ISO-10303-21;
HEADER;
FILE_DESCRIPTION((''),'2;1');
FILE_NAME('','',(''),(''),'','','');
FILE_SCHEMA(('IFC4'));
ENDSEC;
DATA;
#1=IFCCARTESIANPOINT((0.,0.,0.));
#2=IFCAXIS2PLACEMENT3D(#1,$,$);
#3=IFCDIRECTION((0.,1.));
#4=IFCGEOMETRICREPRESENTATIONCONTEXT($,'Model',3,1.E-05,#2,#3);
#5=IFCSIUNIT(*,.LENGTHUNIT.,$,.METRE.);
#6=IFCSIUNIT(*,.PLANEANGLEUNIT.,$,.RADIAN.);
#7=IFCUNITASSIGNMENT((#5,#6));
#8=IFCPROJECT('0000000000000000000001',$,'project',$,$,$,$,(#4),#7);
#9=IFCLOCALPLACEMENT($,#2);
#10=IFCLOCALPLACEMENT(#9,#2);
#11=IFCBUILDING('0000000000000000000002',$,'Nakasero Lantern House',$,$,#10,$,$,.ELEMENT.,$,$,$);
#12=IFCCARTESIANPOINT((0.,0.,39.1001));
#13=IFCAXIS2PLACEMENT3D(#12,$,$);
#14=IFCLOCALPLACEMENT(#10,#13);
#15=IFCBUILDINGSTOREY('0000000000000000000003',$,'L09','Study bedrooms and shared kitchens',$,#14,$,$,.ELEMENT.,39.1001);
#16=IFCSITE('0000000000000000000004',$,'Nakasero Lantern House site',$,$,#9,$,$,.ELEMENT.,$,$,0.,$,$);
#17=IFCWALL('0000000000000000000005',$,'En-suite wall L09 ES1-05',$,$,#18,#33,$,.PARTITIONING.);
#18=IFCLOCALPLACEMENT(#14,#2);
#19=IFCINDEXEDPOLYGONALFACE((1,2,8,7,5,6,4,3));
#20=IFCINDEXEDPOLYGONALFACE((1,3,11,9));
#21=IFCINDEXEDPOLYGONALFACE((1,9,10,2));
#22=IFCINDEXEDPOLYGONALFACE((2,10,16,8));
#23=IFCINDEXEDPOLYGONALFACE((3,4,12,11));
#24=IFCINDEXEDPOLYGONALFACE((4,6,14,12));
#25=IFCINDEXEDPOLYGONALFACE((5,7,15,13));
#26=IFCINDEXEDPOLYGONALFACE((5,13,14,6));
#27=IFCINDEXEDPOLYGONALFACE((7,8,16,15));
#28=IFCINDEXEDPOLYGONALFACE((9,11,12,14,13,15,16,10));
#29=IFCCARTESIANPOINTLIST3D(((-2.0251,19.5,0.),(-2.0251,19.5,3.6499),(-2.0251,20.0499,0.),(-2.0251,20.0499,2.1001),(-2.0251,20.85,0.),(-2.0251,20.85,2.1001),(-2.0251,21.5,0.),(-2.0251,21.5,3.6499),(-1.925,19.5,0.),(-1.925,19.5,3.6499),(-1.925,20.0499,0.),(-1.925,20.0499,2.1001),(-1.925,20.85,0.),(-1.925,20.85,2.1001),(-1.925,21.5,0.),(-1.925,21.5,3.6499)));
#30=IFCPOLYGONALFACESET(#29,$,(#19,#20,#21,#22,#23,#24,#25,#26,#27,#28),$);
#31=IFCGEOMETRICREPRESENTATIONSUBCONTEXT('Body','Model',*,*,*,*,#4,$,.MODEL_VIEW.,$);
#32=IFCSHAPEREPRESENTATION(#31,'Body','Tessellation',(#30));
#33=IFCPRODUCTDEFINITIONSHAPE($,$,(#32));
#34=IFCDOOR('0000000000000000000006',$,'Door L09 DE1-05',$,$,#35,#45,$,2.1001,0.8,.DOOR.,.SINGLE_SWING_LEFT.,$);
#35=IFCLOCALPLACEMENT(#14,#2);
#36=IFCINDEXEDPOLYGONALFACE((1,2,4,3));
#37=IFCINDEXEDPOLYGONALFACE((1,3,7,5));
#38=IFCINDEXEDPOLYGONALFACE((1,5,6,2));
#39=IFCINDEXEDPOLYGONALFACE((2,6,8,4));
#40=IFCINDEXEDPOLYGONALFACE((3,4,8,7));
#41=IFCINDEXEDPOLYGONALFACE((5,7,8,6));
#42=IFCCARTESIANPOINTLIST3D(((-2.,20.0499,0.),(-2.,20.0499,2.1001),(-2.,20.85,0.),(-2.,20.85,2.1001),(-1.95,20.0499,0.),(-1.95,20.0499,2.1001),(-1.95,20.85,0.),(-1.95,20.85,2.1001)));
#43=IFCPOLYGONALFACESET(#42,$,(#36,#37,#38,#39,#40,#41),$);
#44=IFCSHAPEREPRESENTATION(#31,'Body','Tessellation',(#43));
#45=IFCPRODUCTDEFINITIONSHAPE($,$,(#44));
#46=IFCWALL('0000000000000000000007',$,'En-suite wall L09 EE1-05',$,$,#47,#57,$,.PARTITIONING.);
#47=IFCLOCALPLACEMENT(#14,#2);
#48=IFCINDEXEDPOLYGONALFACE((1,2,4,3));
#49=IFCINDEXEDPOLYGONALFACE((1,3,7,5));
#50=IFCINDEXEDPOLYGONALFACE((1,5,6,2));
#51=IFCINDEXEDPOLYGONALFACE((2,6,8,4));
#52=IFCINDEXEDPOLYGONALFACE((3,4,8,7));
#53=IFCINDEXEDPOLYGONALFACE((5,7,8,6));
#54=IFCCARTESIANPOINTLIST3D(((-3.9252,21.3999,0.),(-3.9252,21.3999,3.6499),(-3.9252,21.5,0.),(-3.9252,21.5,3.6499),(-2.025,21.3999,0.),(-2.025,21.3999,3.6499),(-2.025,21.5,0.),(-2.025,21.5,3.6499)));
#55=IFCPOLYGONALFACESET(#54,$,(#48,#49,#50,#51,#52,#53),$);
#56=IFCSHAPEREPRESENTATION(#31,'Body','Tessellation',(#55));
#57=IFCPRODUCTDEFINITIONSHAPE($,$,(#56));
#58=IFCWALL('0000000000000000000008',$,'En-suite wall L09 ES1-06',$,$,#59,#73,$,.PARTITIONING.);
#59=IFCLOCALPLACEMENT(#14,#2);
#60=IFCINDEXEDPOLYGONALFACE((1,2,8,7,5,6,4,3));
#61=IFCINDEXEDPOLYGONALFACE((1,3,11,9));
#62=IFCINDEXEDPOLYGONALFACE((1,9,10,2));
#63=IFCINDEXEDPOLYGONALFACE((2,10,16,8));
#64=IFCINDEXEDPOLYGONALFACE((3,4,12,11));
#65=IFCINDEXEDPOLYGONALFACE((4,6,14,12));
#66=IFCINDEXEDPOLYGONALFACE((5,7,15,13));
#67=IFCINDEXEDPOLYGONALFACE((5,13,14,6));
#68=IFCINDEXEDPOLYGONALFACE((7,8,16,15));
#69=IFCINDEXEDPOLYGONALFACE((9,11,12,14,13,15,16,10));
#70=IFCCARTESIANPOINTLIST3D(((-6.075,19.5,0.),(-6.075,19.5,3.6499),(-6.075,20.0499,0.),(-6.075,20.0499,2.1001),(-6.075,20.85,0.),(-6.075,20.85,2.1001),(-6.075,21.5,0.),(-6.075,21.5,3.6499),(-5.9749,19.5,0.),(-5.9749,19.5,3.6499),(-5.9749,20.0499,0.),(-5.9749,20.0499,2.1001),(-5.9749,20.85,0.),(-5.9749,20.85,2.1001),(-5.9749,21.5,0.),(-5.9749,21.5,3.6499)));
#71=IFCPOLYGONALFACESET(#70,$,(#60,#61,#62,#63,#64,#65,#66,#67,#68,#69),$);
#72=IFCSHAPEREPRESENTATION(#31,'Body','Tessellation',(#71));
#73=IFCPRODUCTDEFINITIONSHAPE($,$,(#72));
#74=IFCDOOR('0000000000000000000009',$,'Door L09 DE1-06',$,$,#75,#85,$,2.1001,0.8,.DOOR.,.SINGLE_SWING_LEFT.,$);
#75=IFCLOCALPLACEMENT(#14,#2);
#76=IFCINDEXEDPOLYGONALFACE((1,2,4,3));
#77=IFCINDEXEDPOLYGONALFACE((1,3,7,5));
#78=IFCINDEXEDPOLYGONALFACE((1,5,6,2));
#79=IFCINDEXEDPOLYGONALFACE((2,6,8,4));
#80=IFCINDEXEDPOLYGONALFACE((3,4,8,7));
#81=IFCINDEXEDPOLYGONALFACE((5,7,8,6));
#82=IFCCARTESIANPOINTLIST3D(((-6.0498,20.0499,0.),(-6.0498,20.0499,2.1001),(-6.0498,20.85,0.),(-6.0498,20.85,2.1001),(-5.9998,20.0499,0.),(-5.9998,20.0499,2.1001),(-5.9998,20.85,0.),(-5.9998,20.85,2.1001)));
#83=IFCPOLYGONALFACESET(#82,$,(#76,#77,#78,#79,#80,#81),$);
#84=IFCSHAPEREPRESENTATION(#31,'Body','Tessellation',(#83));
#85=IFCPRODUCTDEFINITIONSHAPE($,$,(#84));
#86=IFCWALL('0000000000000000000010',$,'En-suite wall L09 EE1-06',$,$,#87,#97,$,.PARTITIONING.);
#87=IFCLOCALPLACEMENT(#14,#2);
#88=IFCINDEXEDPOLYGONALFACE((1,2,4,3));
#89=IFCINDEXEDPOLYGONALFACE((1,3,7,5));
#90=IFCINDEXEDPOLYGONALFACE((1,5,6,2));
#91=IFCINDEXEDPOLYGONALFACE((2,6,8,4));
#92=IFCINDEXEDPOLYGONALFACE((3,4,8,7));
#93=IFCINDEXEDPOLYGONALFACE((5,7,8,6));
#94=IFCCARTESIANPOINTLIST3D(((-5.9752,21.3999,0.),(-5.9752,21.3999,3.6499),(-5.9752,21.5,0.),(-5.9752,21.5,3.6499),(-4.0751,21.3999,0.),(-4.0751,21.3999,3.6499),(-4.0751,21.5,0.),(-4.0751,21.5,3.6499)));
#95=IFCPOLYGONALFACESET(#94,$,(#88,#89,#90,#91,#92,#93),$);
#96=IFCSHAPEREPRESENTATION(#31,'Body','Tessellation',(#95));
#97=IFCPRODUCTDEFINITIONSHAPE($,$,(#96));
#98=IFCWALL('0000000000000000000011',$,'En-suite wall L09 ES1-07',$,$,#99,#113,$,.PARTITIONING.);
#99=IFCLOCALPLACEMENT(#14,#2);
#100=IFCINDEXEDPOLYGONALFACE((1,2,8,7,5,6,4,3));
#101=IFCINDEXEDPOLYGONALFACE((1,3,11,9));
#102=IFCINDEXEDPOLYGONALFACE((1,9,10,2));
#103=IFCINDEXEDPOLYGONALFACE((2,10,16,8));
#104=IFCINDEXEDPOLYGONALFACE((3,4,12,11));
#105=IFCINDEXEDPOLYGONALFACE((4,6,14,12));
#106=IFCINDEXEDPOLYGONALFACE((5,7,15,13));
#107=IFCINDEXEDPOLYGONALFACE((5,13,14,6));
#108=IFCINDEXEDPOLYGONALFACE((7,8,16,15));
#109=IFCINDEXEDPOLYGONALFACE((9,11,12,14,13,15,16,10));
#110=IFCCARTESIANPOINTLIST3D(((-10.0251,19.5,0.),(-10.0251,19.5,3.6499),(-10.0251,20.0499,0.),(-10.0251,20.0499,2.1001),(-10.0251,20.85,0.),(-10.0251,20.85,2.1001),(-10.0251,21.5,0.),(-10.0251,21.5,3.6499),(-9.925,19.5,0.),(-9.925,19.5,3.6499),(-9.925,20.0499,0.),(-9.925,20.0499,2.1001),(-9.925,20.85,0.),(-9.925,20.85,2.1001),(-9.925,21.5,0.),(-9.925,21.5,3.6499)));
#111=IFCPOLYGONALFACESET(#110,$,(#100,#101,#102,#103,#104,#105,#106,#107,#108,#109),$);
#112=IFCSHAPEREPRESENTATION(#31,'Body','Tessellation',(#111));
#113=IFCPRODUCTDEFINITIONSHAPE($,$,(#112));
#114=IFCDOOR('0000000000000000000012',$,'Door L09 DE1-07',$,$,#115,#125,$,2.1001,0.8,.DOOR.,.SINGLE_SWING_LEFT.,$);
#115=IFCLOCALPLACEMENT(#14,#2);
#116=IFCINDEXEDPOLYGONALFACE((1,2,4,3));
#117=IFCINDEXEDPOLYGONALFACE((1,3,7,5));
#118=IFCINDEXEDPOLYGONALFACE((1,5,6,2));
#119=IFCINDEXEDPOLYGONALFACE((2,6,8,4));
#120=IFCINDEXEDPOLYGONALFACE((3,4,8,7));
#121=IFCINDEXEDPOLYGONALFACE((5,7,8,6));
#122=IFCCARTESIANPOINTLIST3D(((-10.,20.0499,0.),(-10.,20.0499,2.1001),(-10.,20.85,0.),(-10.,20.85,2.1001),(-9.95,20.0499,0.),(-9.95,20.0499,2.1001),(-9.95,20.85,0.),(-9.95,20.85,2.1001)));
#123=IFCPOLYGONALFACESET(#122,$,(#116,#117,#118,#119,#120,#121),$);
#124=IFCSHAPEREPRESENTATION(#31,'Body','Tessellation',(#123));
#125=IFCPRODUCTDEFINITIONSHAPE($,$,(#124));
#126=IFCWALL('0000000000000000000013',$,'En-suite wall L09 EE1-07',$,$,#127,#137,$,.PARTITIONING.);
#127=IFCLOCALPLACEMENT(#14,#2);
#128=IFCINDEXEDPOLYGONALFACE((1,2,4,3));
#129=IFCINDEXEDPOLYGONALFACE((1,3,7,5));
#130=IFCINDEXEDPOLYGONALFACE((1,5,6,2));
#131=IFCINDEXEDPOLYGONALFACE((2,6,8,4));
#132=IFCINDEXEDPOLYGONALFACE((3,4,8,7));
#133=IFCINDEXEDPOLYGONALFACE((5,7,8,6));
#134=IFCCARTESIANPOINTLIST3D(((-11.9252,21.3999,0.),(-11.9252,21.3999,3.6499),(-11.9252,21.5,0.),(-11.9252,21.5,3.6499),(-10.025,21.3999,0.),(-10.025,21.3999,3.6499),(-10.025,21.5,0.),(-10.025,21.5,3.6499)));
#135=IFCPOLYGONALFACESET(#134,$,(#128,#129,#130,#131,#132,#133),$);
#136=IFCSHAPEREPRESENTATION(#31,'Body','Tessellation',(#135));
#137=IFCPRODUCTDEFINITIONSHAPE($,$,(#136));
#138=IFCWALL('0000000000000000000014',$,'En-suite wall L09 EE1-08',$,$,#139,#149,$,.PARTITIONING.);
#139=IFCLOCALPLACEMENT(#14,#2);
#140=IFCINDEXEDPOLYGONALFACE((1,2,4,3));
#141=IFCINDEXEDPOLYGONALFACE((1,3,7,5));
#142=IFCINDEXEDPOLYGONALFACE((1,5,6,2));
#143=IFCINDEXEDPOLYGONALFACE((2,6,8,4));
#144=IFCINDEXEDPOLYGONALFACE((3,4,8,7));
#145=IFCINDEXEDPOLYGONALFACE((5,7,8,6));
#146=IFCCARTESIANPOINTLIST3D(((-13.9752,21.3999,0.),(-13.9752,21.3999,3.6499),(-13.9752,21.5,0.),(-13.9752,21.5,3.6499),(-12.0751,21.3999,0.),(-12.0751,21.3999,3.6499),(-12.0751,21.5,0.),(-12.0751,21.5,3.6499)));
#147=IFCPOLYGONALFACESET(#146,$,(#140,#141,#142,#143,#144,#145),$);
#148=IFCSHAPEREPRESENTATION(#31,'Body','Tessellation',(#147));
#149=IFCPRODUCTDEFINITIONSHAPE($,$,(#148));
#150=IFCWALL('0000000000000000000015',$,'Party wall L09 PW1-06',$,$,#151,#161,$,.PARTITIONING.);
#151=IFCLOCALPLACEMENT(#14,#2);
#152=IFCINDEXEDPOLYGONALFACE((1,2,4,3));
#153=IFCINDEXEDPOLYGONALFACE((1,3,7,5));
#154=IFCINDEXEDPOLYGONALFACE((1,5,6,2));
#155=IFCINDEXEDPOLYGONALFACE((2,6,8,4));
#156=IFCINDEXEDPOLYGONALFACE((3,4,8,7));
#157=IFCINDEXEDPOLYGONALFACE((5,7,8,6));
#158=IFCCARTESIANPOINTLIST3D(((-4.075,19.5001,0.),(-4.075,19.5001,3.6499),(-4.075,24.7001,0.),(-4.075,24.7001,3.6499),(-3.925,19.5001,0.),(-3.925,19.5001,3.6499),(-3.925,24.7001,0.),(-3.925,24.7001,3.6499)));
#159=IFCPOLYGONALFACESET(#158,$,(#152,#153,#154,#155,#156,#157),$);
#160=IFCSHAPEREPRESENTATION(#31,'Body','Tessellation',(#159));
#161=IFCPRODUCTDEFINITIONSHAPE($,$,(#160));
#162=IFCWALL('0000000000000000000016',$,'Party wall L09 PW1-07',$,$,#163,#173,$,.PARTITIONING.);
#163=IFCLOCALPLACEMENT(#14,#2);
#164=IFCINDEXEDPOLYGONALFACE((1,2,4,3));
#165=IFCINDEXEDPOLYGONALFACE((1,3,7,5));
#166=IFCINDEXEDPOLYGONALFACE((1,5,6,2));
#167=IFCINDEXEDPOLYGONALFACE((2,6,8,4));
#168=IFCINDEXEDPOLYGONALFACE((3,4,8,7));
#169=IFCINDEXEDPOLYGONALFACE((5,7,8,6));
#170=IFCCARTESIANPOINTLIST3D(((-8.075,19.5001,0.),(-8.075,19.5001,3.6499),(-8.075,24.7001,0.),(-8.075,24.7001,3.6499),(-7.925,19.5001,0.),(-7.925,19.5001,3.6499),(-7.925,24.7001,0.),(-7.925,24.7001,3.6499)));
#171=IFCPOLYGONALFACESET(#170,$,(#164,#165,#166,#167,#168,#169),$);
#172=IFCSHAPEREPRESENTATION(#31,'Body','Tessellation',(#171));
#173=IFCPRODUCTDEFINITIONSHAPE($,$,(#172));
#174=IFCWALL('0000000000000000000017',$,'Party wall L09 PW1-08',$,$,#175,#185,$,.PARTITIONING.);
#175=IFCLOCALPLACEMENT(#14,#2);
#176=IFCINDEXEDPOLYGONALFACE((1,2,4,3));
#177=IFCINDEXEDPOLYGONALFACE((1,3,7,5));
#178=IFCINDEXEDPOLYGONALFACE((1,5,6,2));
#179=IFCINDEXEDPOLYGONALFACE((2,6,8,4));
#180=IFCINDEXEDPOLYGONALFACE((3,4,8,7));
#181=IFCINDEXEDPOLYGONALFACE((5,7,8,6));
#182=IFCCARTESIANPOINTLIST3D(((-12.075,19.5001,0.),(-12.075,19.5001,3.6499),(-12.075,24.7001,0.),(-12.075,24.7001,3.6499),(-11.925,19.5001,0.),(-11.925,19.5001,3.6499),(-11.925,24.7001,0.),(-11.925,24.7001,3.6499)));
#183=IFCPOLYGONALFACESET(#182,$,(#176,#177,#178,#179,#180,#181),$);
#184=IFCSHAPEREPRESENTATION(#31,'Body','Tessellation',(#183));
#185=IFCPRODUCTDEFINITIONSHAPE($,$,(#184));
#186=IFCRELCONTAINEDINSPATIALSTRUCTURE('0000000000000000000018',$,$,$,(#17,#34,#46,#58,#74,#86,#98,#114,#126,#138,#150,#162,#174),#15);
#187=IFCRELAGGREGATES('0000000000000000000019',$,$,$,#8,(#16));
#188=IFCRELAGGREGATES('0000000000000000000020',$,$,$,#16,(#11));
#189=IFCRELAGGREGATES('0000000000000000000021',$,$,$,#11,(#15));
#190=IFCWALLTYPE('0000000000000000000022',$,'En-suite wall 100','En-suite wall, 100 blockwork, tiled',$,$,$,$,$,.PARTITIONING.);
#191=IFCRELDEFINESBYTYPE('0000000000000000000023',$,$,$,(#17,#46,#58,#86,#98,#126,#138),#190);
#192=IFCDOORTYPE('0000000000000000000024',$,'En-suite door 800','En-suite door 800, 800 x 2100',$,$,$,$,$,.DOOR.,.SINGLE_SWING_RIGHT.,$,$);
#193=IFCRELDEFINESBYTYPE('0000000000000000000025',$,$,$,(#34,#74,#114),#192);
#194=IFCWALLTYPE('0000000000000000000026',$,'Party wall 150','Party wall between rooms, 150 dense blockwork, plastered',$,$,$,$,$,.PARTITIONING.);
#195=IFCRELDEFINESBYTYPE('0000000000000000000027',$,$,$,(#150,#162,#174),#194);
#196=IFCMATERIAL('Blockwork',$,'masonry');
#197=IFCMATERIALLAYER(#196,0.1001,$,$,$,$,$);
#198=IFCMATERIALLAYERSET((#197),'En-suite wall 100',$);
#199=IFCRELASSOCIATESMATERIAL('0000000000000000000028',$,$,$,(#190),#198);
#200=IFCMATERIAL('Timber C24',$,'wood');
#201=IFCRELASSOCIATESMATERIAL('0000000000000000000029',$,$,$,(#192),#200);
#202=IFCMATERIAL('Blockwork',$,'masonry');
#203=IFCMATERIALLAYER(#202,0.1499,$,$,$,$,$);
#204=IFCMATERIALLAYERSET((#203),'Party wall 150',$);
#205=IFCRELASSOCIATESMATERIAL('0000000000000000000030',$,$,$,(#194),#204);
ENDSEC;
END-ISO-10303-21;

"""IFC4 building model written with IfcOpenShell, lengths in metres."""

from ifc_helpers import new_model, si_unit, direction, frame, frame_2d, origin, place, context, subcontext, project, spatial, rectangle, extrude, material, layer, layer_set, type_object, element, fill, save


model = new_model("IFC4")

# Units and contexts
model_context = context("Model", 3, precision=1e-05, world=origin(), true_north=direction((0.0, 1.0)))
body_context = subcontext(model_context, "Body", "Model", "MODEL_VIEW")
ifc_project = project(units=[si_unit("LENGTHUNIT", "METRE"), si_unit("PLANEANGLEUNIT", "RADIAN")], contexts=[model_context])

# Site, building, storey
site_placement = place(None, origin())
site = spatial("IfcSite", under=ifc_project, at=site_placement, Name="Nakasero Lantern House site", CompositionType="ELEMENT", RefElevation=0.0)
building_placement = place(site_placement, origin())
building = spatial("IfcBuilding", under=site, at=building_placement, Name="Nakasero Lantern House", CompositionType="ELEMENT")
storey_placement = place(building_placement, frame((0.0, 0.0, 39.1001)))
storey = spatial("IfcBuildingStorey", under=building, at=storey_placement, Name="L09", Description="Study bedrooms and shared kitchens", CompositionType="ELEMENT", Elevation=39.1001)

# Wall, opening, door
ifc_material_1 = material(Name="Blockwork", Category="masonry")
ifc_layer_1 = layer(ifc_material_1, 0.1001)
ifc_layer_set_1 = layer_set([ifc_layer_1], Name="En-suite wall 100")
wall_type_1 = type_object("IfcWallType", Name="En-suite wall 100", Description="En-suite wall, 100 blockwork, tiled", PredefinedType="PARTITIONING", material=ifc_layer_set_1)
wall_1_placement = place(storey_placement, frame((-1.9751, 19.5, 0.0), z_axis=(0.0, 0.0, 1.0), x_axis=(0.0, 1.0, 0.0)))
wall_1 = element("IfcWall", 1, at=wall_1_placement, inside=storey, type_object=wall_type_1, Name="En-suite wall L09 ES1-05", PredefinedType="PARTITIONING", context=body_context, shape_type="SweptSolid", body=[
    extrude(rectangle(XDim=2.0, YDim=0.1001, at=frame_2d((1.0, 0.0))), origin(), (0.0, 0.0, 1.0), 3.6499),
])
opening_1_placement = place(wall_1_placement, frame((0.55, 0.0, 0.0)))
opening_1 = element("IfcOpeningElement", 2, at=opening_1_placement, cuts=wall_1, PredefinedType="OPENING", context=body_context, shape_type="SweptSolid", body=[
    extrude(rectangle(XDim=0.8, YDim=2.1001, at=frame_2d((0.3999, 1.05))), frame((0.0, 0.0701, 0.0), z_axis=(0.0, -1.0, 0.0), x_axis=(1.0, 0.0, 0.0)), (0.0, 0.0, 1.0), 0.1401),
])
ifc_material_2 = material(Name="Timber C24", Category="wood")
door_type = type_object("IfcDoorType", Name="En-suite door 800", Description="En-suite door 800, 800 x 2100", OperationType="SINGLE_SWING_RIGHT", PredefinedType="DOOR", material=ifc_material_2)
door_1_placement = place(opening_1_placement, origin())
door_1 = element("IfcDoor", 3, at=door_1_placement, inside=storey, type_object=door_type, Name="Door L09 DE1-05", OperationType="SINGLE_SWING_LEFT", OverallHeight=2.1001, OverallWidth=0.8, PredefinedType="DOOR", context=body_context, shape_type="SweptSolid", body=[
    extrude(rectangle(XDim=0.8, YDim=2.1001, at=frame_2d((0.3999, 1.05))), frame((0.0, 0.0249, 0.0), z_axis=(0.0, -1.0, 0.0), x_axis=(1.0, 0.0, 0.0)), (0.0, 0.0, 1.0), 0.05),
])
fill(opening_1, door_1)

# Wall
wall_2_placement = place(storey_placement, frame((-2.0249, 21.45, 0.0), z_axis=(0.0, 0.0, 1.0), x_axis=(-1.0, 0.0, 0.0)))
element("IfcWall", 4, at=wall_2_placement, inside=storey, type_object=wall_type_1, Name="En-suite wall L09 EE1-05", PredefinedType="PARTITIONING", context=body_context, shape_type="SweptSolid", body=[
    extrude(rectangle(XDim=1.9001, YDim=0.1001, at=frame_2d((0.9502, 0.0))), origin(), (0.0, 0.0, 1.0), 3.6499),
])

# Wall, opening, door
wall_3_placement = place(storey_placement, frame((-6.0249, 19.5, 0.0), z_axis=(0.0, 0.0, 1.0), x_axis=(0.0, 1.0, 0.0)))
wall_3 = element("IfcWall", 5, at=wall_3_placement, inside=storey, type_object=wall_type_1, Name="En-suite wall L09 ES1-06", PredefinedType="PARTITIONING", context=body_context, shape_type="SweptSolid", body=[
    extrude(rectangle(XDim=2.0, YDim=0.1001, at=frame_2d((1.0, 0.0))), origin(), (0.0, 0.0, 1.0), 3.6499),
])
opening_2_placement = place(wall_3_placement, frame((0.55, 0.0, 0.0)))
opening_2 = element("IfcOpeningElement", 6, at=opening_2_placement, cuts=wall_3, PredefinedType="OPENING", context=body_context, shape_type="SweptSolid", body=[
    extrude(rectangle(XDim=0.8, YDim=2.1001, at=frame_2d((0.3999, 1.05))), frame((0.0, 0.0701, 0.0), z_axis=(0.0, -1.0, 0.0), x_axis=(1.0, 0.0, 0.0)), (0.0, 0.0, 1.0), 0.1401),
])
door_2_placement = place(opening_2_placement, origin())
door_2 = element("IfcDoor", 7, at=door_2_placement, inside=storey, type_object=door_type, Name="Door L09 DE1-06", OperationType="SINGLE_SWING_LEFT", OverallHeight=2.1001, OverallWidth=0.8, PredefinedType="DOOR", context=body_context, shape_type="SweptSolid", body=[
    extrude(rectangle(XDim=0.8, YDim=2.1001, at=frame_2d((0.3999, 1.05))), frame((0.0, 0.0249, 0.0), z_axis=(0.0, -1.0, 0.0), x_axis=(1.0, 0.0, 0.0)), (0.0, 0.0, 1.0), 0.05),
])
fill(opening_2, door_2)

# Wall
wall_4_placement = place(storey_placement, frame((-4.075, 21.45, 0.0), z_axis=(0.0, 0.0, 1.0), x_axis=(-1.0, 0.0, 0.0)))
element("IfcWall", 8, at=wall_4_placement, inside=storey, type_object=wall_type_1, Name="En-suite wall L09 EE1-06", PredefinedType="PARTITIONING", context=body_context, shape_type="SweptSolid", body=[
    extrude(rectangle(XDim=1.9001, YDim=0.1001, at=frame_2d((0.9502, 0.0))), origin(), (0.0, 0.0, 1.0), 3.6499),
])

# Wall, opening, door
wall_5_placement = place(storey_placement, frame((-9.9751, 19.5, 0.0), z_axis=(0.0, 0.0, 1.0), x_axis=(0.0, 1.0, 0.0)))
wall_5 = element("IfcWall", 9, at=wall_5_placement, inside=storey, type_object=wall_type_1, Name="En-suite wall L09 ES1-07", PredefinedType="PARTITIONING", context=body_context, shape_type="SweptSolid", body=[
    extrude(rectangle(XDim=2.0, YDim=0.1001, at=frame_2d((1.0, 0.0))), origin(), (0.0, 0.0, 1.0), 3.6499),
])
opening_3_placement = place(wall_5_placement, frame((0.55, 0.0, 0.0)))
opening_3 = element("IfcOpeningElement", 10, at=opening_3_placement, cuts=wall_5, PredefinedType="OPENING", context=body_context, shape_type="SweptSolid", body=[
    extrude(rectangle(XDim=0.8, YDim=2.1001, at=frame_2d((0.3999, 1.05))), frame((0.0, 0.0701, 0.0), z_axis=(0.0, -1.0, 0.0), x_axis=(1.0, 0.0, 0.0)), (0.0, 0.0, 1.0), 0.1401),
])
door_3_placement = place(opening_3_placement, origin())
door_3 = element("IfcDoor", 11, at=door_3_placement, inside=storey, type_object=door_type, Name="Door L09 DE1-07", OperationType="SINGLE_SWING_LEFT", OverallHeight=2.1001, OverallWidth=0.8, PredefinedType="DOOR", context=body_context, shape_type="SweptSolid", body=[
    extrude(rectangle(XDim=0.8, YDim=2.1001, at=frame_2d((0.3999, 1.05))), frame((0.0, 0.0249, 0.0), z_axis=(0.0, -1.0, 0.0), x_axis=(1.0, 0.0, 0.0)), (0.0, 0.0, 1.0), 0.05),
])
fill(opening_3, door_3)

# Walls
for number, where, z_axis, x_axis, name in (
    (12, (-10.0249, 21.45, 0.0), (0.0, 0.0, 1.0), (-1.0, 0.0, 0.0), "En-suite wall L09 EE1-07"),
    (13, (-12.075, 21.45, 0.0), (0.0, 0.0, 1.0), (-1.0, 0.0, 0.0), "En-suite wall L09 EE1-08"),
):
    element("IfcWall", number, at=place(storey_placement, frame(where, z_axis=z_axis, x_axis=x_axis)), inside=storey, type_object=wall_type_1, Name=name, PredefinedType="PARTITIONING", context=body_context, shape_type="SweptSolid", body=[
        extrude(rectangle(XDim=1.9001, YDim=0.1001, at=frame_2d((0.9502, 0.0))), origin(), (0.0, 0.0, 1.0), 3.6499),
    ])
ifc_material_3 = material(Name="Blockwork", Category="masonry")
ifc_layer_2 = layer(ifc_material_3, 0.1499)
ifc_layer_set_2 = layer_set([ifc_layer_2], Name="Party wall 150")
wall_type_2 = type_object("IfcWallType", Name="Party wall 150", Description="Party wall between rooms, 150 dense blockwork, plastered", PredefinedType="PARTITIONING", material=ifc_layer_set_2)
for number, where, z_axis, x_axis, name in (
    (14, (-4.0, 19.5, 0.0), (0.0, 0.0, 1.0), (0.0, 1.0, 0.0), "Party wall L09 PW1-06"),
    (15, (-8.0, 19.5, 0.0), (0.0, 0.0, 1.0), (0.0, 1.0, 0.0), "Party wall L09 PW1-07"),
    (16, (-12.0, 19.5, 0.0), (0.0, 0.0, 1.0), (0.0, 1.0, 0.0), "Party wall L09 PW1-08"),
):
    element("IfcWall", number, at=place(storey_placement, frame(where, z_axis=z_axis, x_axis=x_axis)), inside=storey, type_object=wall_type_2, Name=name, PredefinedType="PARTITIONING", context=body_context, shape_type="SweptSolid", body=[
        extrude(rectangle(XDim=5.2, YDim=0.1499, at=frame_2d((2.6001, 0.0))), origin(), (0.0, 0.0, 1.0), 3.6499),
    ])

save(model, "model.ifc")
